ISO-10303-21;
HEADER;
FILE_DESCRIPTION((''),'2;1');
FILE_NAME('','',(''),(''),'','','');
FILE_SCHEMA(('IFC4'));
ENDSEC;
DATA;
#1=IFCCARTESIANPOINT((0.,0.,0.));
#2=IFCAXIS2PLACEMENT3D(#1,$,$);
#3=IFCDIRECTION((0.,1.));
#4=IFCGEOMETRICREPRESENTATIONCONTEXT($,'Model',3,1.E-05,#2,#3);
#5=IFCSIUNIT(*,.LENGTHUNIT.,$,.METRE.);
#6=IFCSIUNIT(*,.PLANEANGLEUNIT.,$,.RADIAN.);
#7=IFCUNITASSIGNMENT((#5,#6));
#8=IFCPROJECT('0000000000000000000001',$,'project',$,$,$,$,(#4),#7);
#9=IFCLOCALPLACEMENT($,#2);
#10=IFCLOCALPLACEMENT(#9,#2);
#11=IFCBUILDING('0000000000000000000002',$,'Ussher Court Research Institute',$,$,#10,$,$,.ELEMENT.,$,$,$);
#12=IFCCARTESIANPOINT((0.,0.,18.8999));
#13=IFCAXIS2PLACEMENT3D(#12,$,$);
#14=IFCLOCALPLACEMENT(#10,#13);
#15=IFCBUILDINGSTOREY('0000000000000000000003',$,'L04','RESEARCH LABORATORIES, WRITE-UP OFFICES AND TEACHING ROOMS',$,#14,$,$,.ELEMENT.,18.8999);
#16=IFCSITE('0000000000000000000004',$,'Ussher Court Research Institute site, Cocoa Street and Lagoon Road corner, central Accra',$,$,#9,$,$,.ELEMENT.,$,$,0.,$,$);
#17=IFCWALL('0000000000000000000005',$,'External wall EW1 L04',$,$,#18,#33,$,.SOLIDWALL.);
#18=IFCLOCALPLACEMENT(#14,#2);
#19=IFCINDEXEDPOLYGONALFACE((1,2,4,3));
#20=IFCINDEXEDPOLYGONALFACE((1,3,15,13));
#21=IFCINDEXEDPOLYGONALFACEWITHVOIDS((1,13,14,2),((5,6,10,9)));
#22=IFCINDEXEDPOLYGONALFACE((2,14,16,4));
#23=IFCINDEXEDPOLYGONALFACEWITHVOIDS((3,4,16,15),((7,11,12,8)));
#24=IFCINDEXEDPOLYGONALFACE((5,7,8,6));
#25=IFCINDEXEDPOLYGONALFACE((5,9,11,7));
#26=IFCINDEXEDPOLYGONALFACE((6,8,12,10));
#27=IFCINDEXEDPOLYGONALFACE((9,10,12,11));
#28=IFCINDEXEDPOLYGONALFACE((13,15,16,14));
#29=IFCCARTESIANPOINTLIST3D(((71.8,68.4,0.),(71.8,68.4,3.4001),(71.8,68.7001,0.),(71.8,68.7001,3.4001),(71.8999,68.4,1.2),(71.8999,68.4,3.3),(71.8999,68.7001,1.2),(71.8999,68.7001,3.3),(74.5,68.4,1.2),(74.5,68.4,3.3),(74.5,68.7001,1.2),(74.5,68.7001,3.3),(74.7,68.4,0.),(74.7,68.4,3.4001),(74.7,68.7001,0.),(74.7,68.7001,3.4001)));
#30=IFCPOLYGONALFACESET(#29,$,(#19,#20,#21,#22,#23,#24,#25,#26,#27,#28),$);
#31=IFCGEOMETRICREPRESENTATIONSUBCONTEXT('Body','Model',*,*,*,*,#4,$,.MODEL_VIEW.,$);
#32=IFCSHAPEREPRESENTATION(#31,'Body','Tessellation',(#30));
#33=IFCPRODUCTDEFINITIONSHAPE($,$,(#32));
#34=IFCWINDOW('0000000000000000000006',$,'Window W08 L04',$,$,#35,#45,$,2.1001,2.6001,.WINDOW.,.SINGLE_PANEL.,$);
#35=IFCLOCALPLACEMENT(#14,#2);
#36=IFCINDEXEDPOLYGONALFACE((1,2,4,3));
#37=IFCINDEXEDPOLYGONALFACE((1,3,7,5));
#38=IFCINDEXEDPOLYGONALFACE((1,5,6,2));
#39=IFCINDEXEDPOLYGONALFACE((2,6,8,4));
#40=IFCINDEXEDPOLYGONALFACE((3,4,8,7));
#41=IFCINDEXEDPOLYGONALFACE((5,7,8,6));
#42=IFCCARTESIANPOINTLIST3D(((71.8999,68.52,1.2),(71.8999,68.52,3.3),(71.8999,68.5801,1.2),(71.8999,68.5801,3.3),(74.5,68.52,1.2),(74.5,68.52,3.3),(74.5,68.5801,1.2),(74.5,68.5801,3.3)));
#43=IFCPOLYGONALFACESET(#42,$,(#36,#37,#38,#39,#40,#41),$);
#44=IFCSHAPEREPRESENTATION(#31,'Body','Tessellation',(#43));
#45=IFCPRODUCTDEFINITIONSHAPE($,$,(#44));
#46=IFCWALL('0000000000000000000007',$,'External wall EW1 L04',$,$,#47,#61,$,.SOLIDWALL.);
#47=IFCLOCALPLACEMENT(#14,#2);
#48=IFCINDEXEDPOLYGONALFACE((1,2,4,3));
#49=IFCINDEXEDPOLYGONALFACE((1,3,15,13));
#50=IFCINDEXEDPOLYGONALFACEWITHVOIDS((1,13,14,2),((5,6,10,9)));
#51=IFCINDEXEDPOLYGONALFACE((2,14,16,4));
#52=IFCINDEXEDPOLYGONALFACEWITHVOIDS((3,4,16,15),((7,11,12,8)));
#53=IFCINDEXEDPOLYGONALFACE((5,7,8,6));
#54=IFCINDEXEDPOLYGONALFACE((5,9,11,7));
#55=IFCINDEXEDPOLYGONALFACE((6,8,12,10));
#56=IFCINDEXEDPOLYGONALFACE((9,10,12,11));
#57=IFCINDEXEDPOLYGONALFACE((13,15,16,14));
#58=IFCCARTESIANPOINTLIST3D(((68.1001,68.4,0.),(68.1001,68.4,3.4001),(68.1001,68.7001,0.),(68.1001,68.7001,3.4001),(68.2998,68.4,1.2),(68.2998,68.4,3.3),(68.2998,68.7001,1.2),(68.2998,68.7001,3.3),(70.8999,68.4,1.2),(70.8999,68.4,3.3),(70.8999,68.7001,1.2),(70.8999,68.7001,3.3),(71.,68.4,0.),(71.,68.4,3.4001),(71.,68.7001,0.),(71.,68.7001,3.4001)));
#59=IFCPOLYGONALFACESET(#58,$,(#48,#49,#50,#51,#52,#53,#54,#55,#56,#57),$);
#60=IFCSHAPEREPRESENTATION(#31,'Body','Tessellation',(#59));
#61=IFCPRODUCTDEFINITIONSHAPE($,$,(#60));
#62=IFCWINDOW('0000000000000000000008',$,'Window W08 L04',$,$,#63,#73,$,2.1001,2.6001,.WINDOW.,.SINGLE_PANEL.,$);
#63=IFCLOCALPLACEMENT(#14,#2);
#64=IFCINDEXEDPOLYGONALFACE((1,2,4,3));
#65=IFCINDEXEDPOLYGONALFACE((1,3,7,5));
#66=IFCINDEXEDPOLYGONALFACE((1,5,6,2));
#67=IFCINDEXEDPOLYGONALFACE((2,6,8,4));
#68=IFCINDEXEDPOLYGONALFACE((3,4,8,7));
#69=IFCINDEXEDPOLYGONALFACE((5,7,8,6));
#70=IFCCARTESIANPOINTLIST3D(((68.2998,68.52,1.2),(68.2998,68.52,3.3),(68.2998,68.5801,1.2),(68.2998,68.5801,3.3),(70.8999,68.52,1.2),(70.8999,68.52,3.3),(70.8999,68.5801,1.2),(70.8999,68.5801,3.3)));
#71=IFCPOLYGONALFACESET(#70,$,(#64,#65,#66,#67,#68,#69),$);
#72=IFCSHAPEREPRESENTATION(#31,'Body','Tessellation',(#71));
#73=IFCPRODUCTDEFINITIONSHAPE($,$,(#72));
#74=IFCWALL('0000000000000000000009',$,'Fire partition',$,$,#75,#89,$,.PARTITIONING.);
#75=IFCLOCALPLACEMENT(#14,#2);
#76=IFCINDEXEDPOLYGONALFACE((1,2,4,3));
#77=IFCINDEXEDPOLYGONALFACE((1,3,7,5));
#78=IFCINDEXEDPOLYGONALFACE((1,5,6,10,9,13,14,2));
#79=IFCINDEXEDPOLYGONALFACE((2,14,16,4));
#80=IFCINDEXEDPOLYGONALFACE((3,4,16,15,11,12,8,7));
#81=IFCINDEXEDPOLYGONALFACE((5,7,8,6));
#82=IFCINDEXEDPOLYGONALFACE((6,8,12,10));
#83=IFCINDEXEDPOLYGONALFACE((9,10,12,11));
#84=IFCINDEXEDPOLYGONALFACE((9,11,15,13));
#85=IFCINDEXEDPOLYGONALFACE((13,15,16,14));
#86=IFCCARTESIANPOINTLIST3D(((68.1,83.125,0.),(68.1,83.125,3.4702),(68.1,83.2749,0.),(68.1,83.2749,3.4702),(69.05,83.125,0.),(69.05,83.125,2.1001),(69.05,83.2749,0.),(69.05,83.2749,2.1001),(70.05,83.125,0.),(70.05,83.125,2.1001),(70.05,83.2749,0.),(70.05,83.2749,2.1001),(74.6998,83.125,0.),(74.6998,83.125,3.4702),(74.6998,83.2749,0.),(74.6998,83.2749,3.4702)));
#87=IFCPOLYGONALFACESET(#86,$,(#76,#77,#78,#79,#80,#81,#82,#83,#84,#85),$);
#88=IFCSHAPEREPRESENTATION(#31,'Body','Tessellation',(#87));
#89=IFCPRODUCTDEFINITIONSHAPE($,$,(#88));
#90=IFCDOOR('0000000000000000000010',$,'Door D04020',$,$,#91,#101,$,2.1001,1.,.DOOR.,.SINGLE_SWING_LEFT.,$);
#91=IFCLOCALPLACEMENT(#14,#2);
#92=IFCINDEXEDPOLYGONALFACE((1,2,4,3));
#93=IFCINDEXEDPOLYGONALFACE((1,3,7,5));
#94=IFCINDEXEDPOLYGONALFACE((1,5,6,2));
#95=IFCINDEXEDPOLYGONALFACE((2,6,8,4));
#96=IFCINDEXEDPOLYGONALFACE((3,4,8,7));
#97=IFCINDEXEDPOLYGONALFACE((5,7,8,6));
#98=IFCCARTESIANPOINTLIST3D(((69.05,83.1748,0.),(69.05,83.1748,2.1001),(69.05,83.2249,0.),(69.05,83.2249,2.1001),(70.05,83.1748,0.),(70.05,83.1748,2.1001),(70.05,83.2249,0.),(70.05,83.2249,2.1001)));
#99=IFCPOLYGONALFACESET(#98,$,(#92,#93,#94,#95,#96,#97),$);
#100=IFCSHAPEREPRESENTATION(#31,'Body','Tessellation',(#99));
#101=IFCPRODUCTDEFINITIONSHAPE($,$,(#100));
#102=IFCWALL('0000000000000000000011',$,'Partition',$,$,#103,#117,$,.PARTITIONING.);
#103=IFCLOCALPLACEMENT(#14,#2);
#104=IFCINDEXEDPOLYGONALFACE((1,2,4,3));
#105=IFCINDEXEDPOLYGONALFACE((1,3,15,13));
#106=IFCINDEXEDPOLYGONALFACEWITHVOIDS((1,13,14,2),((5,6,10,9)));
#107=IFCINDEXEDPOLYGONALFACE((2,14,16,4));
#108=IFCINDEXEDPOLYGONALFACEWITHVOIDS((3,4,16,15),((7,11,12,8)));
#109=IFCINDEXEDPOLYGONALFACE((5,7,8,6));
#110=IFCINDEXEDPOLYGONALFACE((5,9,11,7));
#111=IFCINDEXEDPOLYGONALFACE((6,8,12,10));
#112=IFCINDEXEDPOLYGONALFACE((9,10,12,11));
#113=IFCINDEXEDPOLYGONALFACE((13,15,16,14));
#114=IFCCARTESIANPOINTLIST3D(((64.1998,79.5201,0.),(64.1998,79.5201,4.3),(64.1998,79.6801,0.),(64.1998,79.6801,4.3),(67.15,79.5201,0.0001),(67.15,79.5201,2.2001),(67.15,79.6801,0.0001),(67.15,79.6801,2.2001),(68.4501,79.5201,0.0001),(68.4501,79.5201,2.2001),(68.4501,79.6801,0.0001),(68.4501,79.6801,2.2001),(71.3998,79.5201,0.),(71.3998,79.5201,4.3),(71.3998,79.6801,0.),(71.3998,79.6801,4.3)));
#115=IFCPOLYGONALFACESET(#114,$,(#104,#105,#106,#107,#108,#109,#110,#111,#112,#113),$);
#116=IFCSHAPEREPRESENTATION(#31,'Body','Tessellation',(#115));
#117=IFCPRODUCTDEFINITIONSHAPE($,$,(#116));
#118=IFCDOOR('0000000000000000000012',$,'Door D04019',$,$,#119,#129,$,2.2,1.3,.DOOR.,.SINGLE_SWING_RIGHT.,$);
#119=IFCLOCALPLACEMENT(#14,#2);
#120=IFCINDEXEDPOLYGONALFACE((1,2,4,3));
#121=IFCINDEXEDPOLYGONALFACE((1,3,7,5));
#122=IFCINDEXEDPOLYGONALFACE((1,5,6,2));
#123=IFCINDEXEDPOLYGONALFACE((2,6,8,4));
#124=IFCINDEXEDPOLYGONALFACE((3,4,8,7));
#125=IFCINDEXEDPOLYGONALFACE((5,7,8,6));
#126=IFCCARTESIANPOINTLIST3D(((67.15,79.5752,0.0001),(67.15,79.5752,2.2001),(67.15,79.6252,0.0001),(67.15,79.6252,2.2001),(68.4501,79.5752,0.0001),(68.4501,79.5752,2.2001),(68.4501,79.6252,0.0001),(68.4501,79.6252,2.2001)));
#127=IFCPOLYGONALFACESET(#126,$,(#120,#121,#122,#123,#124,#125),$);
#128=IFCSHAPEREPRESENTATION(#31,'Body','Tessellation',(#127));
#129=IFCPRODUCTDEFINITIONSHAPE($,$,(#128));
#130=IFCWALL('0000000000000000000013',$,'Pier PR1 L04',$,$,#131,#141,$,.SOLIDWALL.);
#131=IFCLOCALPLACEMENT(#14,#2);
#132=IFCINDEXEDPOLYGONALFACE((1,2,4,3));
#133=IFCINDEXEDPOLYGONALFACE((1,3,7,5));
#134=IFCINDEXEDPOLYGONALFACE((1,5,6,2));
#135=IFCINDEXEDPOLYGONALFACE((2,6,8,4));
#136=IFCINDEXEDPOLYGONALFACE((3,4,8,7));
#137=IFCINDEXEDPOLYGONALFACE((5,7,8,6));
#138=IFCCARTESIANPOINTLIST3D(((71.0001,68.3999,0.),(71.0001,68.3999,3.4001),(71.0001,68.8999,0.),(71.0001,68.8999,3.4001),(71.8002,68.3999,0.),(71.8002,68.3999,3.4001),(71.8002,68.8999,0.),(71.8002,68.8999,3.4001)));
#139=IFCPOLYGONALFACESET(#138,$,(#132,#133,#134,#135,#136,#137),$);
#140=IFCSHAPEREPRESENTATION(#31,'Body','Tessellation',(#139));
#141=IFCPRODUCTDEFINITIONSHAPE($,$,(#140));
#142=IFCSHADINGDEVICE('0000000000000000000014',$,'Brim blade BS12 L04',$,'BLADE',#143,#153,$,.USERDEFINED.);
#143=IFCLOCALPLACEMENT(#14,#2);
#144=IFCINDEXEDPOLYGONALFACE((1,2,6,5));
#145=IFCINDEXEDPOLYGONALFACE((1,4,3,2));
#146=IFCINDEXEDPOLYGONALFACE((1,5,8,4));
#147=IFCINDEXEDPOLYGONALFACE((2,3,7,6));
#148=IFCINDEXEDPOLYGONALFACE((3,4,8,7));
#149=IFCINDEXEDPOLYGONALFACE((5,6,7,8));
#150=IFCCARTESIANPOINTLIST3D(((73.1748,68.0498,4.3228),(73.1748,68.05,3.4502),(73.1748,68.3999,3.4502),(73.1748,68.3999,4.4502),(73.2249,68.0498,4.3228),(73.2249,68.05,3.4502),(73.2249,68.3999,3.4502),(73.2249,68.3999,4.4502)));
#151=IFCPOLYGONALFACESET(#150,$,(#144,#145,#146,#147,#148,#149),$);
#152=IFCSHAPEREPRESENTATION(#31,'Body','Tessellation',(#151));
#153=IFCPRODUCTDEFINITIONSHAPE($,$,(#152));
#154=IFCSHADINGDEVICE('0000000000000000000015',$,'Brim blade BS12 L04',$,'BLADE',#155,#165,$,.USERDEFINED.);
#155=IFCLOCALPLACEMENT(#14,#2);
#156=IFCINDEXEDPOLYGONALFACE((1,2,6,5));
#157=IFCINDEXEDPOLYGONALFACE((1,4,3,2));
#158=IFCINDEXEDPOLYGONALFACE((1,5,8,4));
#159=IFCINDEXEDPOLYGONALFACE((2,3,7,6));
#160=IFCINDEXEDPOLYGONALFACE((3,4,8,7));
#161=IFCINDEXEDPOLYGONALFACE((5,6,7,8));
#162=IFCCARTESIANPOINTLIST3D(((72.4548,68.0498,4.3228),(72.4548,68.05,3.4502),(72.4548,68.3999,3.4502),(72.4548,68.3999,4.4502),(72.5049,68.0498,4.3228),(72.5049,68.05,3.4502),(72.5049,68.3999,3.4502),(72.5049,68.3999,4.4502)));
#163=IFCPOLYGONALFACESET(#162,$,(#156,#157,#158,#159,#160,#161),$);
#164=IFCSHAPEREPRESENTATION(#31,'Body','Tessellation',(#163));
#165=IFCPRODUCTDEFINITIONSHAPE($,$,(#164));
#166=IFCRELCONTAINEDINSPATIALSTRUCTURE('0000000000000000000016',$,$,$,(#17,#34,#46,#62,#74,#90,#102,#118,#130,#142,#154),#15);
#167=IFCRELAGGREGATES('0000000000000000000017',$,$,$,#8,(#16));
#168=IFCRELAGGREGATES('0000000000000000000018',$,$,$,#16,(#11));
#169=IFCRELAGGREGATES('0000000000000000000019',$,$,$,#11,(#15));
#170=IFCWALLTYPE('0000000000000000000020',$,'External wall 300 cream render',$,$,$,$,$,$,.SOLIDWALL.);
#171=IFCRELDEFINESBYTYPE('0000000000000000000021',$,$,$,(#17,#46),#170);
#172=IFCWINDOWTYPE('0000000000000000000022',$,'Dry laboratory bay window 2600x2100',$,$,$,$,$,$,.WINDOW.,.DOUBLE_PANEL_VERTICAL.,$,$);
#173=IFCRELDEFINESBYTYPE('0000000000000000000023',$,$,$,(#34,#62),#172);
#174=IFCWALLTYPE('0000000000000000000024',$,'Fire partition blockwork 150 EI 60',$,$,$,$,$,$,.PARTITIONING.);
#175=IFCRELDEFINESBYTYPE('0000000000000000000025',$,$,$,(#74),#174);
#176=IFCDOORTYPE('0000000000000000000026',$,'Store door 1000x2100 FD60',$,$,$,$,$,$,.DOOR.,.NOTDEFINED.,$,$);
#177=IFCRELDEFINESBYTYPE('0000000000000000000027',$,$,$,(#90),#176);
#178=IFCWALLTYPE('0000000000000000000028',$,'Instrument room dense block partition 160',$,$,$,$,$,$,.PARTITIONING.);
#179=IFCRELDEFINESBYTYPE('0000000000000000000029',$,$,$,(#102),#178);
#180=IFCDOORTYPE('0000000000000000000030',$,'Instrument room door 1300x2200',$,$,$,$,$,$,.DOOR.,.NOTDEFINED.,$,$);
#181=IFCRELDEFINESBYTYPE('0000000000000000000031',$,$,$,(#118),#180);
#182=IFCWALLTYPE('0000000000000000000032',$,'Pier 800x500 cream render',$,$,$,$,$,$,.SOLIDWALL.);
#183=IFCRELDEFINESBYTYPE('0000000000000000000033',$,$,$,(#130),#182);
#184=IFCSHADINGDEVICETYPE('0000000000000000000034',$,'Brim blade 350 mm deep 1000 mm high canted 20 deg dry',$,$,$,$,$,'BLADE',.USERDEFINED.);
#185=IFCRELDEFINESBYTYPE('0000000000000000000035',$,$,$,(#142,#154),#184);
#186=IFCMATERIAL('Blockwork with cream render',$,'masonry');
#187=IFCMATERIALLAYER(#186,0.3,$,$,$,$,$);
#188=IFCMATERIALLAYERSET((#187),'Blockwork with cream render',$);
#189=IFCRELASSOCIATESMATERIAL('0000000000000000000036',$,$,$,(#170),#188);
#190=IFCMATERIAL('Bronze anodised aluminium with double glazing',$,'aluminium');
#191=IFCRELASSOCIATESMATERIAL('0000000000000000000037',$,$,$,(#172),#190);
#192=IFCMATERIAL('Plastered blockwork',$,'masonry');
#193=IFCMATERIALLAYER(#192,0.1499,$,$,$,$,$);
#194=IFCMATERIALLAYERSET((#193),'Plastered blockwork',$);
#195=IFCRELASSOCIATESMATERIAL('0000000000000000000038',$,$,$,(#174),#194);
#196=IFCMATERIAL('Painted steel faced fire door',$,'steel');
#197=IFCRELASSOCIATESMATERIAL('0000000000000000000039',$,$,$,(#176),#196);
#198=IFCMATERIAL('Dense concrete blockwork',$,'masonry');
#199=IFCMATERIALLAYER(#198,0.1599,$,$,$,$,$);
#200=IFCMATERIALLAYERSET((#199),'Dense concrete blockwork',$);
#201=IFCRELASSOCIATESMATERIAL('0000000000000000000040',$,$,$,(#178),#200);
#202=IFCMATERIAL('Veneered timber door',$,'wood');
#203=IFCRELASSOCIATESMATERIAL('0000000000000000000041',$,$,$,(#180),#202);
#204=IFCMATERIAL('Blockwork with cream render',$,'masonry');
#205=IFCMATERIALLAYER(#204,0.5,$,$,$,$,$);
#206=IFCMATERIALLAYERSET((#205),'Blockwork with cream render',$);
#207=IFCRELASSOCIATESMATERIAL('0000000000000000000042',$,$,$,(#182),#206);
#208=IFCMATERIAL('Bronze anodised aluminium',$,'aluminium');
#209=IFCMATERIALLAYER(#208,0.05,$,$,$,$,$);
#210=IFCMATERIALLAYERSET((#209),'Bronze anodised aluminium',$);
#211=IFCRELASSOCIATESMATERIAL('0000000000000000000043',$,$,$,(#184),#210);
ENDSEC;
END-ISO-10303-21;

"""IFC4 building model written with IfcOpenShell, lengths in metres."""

from ifc_helpers import new_model, si_unit, direction, frame, frame_2d, origin, place, context, subcontext, project, spatial, polyline, rectangle, outline, extrude, material, layer, layer_set, type_object, element, fill, save


model = new_model("IFC4")

# Units and contexts
model_context = context("Model", 3, precision=1e-05, world=origin(), true_north=direction((0.0, 1.0)))
body_context = subcontext(model_context, "Body", "Model", "MODEL_VIEW")
ifc_project = project(units=[si_unit("LENGTHUNIT", "METRE"), si_unit("PLANEANGLEUNIT", "RADIAN")], contexts=[model_context])

# Site, building, storey
site_placement = place(None, origin())
site = spatial("IfcSite", under=ifc_project, at=site_placement, Name="Ussher Court Research Institute site, Cocoa Street and Lagoon Road corner, central Accra", CompositionType="ELEMENT", RefElevation=0.0)
building_placement = place(site_placement, origin())
building = spatial("IfcBuilding", under=site, at=building_placement, Name="Ussher Court Research Institute", CompositionType="ELEMENT")
storey_placement = place(building_placement, frame((0.0, 0.0, 18.8999)))
storey = spatial("IfcBuildingStorey", under=building, at=storey_placement, Name="L04", Description="RESEARCH LABORATORIES, WRITE-UP OFFICES AND TEACHING ROOMS", CompositionType="ELEMENT", Elevation=18.8999)

# Walls, openings, windows
ifc_material_1 = material(Name="Blockwork with cream render", Category="masonry")
ifc_layer_1 = layer(ifc_material_1, 0.3)
ifc_layer_set_1 = layer_set([ifc_layer_1], Name="Blockwork with cream render")
wall_type_1 = type_object("IfcWallType", Name="External wall 300 cream render", PredefinedType="SOLIDWALL", material=ifc_layer_set_1)
wall_1_placement = place(storey_placement, frame((74.7, 68.55, 0.0), z_axis=(0.0, 0.0, 1.0), x_axis=(-1.0, 0.0, 0.0)))
wall_1 = element("IfcWall", 1, at=wall_1_placement, inside=storey, type_object=wall_type_1, Name="External wall EW1 L04", PredefinedType="SOLIDWALL", context=body_context, shape_type="SweptSolid", body=[
    extrude(rectangle(XDim=2.8999, YDim=0.3, at=frame_2d((1.45, 0.0))), origin(), (0.0, 0.0, 1.0), 3.4001),
])
opening_1_placement = place(wall_1_placement, frame((0.2, 0.0, 1.2)))
opening_1 = element("IfcOpeningElement", 2, at=opening_1_placement, cuts=wall_1, PredefinedType="OPENING", context=body_context, shape_type="SweptSolid", body=[
    extrude(rectangle(XDim=2.6001, YDim=2.1001, at=frame_2d((1.3, 1.05))), frame((0.0, 0.1602, 0.0), z_axis=(0.0, -1.0, 0.0), x_axis=(1.0, 0.0, 0.0)), (0.0, 0.0, 1.0), 0.3201),
])
ifc_material_2 = material(Name="Bronze anodised aluminium with double glazing", Category="aluminium")
window_type = type_object("IfcWindowType", Name="Dry laboratory bay window 2600x2100", PartitioningType="DOUBLE_PANEL_VERTICAL", PredefinedType="WINDOW", material=ifc_material_2)
window_1_placement = place(opening_1_placement, origin())
window_1 = element("IfcWindow", 3, at=window_1_placement, inside=storey, type_object=window_type, Name="Window W08 L04", OverallHeight=2.1001, OverallWidth=2.6001, PartitioningType="SINGLE_PANEL", PredefinedType="WINDOW", context=body_context, shape_type="SweptSolid", body=[
    extrude(rectangle(XDim=2.6001, YDim=2.1001, at=frame_2d((1.3, 1.05))), frame((0.0, 0.03, 0.0), z_axis=(0.0, -1.0, 0.0), x_axis=(1.0, 0.0, 0.0)), (0.0, 0.0, 1.0), 0.0601),
])
fill(opening_1, window_1)
wall_2_placement = place(storey_placement, frame((71.0, 68.55, 0.0), z_axis=(0.0, 0.0, 1.0), x_axis=(-1.0, 0.0, 0.0)))
wall_2 = element("IfcWall", 4, at=wall_2_placement, inside=storey, type_object=wall_type_1, Name="External wall EW1 L04", PredefinedType="SOLIDWALL", context=body_context, shape_type="SweptSolid", body=[
    extrude(rectangle(XDim=2.8999, YDim=0.3, at=frame_2d((1.45, 0.0))), origin(), (0.0, 0.0, 1.0), 3.4001),
])
opening_2_placement = place(wall_2_placement, frame((0.1001, 0.0, 1.2)))
opening_2 = element("IfcOpeningElement", 5, at=opening_2_placement, cuts=wall_2, PredefinedType="OPENING", context=body_context, shape_type="SweptSolid", body=[
    extrude(rectangle(XDim=2.6001, YDim=2.1001, at=frame_2d((1.3, 1.05))), frame((0.0, 0.1602, 0.0), z_axis=(0.0, -1.0, 0.0), x_axis=(1.0, 0.0, 0.0)), (0.0, 0.0, 1.0), 0.3201),
])
window_2_placement = place(opening_2_placement, origin())
window_2 = element("IfcWindow", 6, at=window_2_placement, inside=storey, type_object=window_type, Name="Window W08 L04", OverallHeight=2.1001, OverallWidth=2.6001, PartitioningType="SINGLE_PANEL", PredefinedType="WINDOW", context=body_context, shape_type="SweptSolid", body=[
    extrude(rectangle(XDim=2.6001, YDim=2.1001, at=frame_2d((1.3, 1.05))), frame((0.0, 0.03, 0.0), z_axis=(0.0, -1.0, 0.0), x_axis=(1.0, 0.0, 0.0)), (0.0, 0.0, 1.0), 0.0601),
])
fill(opening_2, window_2)

# Walls, openings, doors
ifc_material_3 = material(Name="Plastered blockwork", Category="masonry")
ifc_layer_2 = layer(ifc_material_3, 0.1499)
ifc_layer_set_2 = layer_set([ifc_layer_2], Name="Plastered blockwork")
wall_type_2 = type_object("IfcWallType", Name="Fire partition blockwork 150 EI 60", PredefinedType="PARTITIONING", material=ifc_layer_set_2)
wall_3_placement = place(storey_placement, frame((68.1001, 83.2, 0.0), z_axis=(0.0, 0.0, 1.0), x_axis=(1.0, 0.0, 0.0)))
wall_3 = element("IfcWall", 7, at=wall_3_placement, inside=storey, type_object=wall_type_2, Name="Fire partition", PredefinedType="PARTITIONING", context=body_context, shape_type="SweptSolid", body=[
    extrude(rectangle(XDim=6.5999, YDim=0.1499, at=frame_2d((3.2998, 0.0))), origin(), (0.0, 0.0, 1.0), 3.4702),
])
opening_3_placement = place(wall_3_placement, frame((0.95, 0.0, 0.0)))
opening_3 = element("IfcOpeningElement", 8, at=opening_3_placement, cuts=wall_3, PredefinedType="OPENING", context=body_context, shape_type="SweptSolid", body=[
    extrude(rectangle(XDim=1.0, YDim=2.1001, at=frame_2d((0.5, 1.05))), frame((0.0, 0.085, 0.0), z_axis=(0.0, -1.0, 0.0), x_axis=(1.0, 0.0, 0.0)), (0.0, 0.0, 1.0), 0.1699),
])
ifc_material_4 = material(Name="Painted steel faced fire door", Category="steel")
door_type_1 = type_object("IfcDoorType", Name="Store door 1000x2100 FD60", OperationType="NOTDEFINED", PredefinedType="DOOR", material=ifc_material_4)
door_1_placement = place(opening_3_placement, origin())
door_1 = element("IfcDoor", 9, at=door_1_placement, inside=storey, type_object=door_type_1, Name="Door D04020", OperationType="SINGLE_SWING_LEFT", OverallHeight=2.1001, OverallWidth=1.0, PredefinedType="DOOR", context=body_context, shape_type="SweptSolid", body=[
    extrude(rectangle(XDim=1.0, YDim=2.1001, at=frame_2d((0.5, 1.05))), frame((0.0, 0.0249, 0.0), z_axis=(0.0, -1.0, 0.0), x_axis=(1.0, 0.0, 0.0)), (0.0, 0.0, 1.0), 0.05),
])
fill(opening_3, door_1)
ifc_material_5 = material(Name="Dense concrete blockwork", Category="masonry")
ifc_layer_3 = layer(ifc_material_5, 0.1599)
ifc_layer_set_3 = layer_set([ifc_layer_3], Name="Dense concrete blockwork")
wall_type_3 = type_object("IfcWallType", Name="Instrument room dense block partition 160", PredefinedType="PARTITIONING", material=ifc_layer_set_3)
wall_4_placement = place(storey_placement, frame((71.3999, 79.6001, 0.0), z_axis=(0.0, 0.0, 1.0), x_axis=(-1.0, 0.0, 0.0)))
wall_4 = element("IfcWall", 10, at=wall_4_placement, inside=storey, type_object=wall_type_3, Name="Partition", PredefinedType="PARTITIONING", context=body_context, shape_type="SweptSolid", body=[
    extrude(rectangle(XDim=7.2, YDim=0.1599, at=frame_2d((3.6001, 0.0))), origin(), (0.0, 0.0, 1.0), 4.3),
])
opening_4_placement = place(wall_4_placement, frame((2.95, 0.0, 0.0)))
opening_4 = element("IfcOpeningElement", 11, at=opening_4_placement, cuts=wall_4, PredefinedType="OPENING", context=body_context, shape_type="SweptSolid", body=[
    extrude(rectangle(XDim=1.3, YDim=2.2, at=frame_2d((0.6499, 1.1001))), frame((0.0, 0.0898, 0.0), z_axis=(0.0, -1.0, 0.0), x_axis=(1.0, 0.0, 0.0)), (0.0, 0.0, 1.0), 0.1799),
])
ifc_material_6 = material(Name="Veneered timber door", Category="wood")
door_type_2 = type_object("IfcDoorType", Name="Instrument room door 1300x2200", OperationType="NOTDEFINED", PredefinedType="DOOR", material=ifc_material_6)
door_2_placement = place(opening_4_placement, origin())
door_2 = element("IfcDoor", 12, at=door_2_placement, inside=storey, type_object=door_type_2, Name="Door D04019", OperationType="SINGLE_SWING_RIGHT", OverallHeight=2.2, OverallWidth=1.3, PredefinedType="DOOR", context=body_context, shape_type="SweptSolid", body=[
    extrude(rectangle(XDim=1.3, YDim=2.2, at=frame_2d((0.6499, 1.1001))), frame((0.0, 0.0249, 0.0), z_axis=(0.0, -1.0, 0.0), x_axis=(1.0, 0.0, 0.0)), (0.0, 0.0, 1.0), 0.05),
])
fill(opening_4, door_2)

# Wall
ifc_material_7 = material(Name="Blockwork with cream render", Category="masonry")
ifc_layer_4 = layer(ifc_material_7, 0.5)
ifc_layer_set_4 = layer_set([ifc_layer_4], Name="Blockwork with cream render")
wall_type_4 = type_object("IfcWallType", Name="Pier 800x500 cream render", PredefinedType="SOLIDWALL", material=ifc_layer_set_4)
wall_5_placement = place(storey_placement, frame((71.8, 68.6499, 0.0), z_axis=(0.0, 0.0, 1.0), x_axis=(-1.0, 0.0, 0.0)))
element("IfcWall", 13, at=wall_5_placement, inside=storey, type_object=wall_type_4, Name="Pier PR1 L04", PredefinedType="SOLIDWALL", context=body_context, shape_type="SweptSolid", body=[
    extrude(rectangle(XDim=0.8, YDim=0.5, at=frame_2d((0.3999, 0.0))), origin(), (0.0, 0.0, 1.0), 3.4001),
])

# Shading devices
ifc_material_8 = material(Name="Bronze anodised aluminium", Category="aluminium")
ifc_layer_5 = layer(ifc_material_8, 0.05)
ifc_layer_set_5 = layer_set([ifc_layer_5], Name="Bronze anodised aluminium")
shading_device_type_1 = type_object("IfcShadingDeviceType", Name="Brim blade 350 mm deep 1000 mm high canted 20 deg dry", ElementType="BLADE", PredefinedType="USERDEFINED", material=ifc_layer_set_5)
for number, where, z_axis, x_axis, name in (
    (14, (73.2, 68.3999, 3.4502), (0.0, 0.0, 1.0), (0.0, -1.0, 0.0), "Brim blade BS12 L04"),
    (15, (72.48, 68.3999, 3.4502), (0.0, 0.0, 1.0), (0.0, -1.0, 0.0), "Brim blade BS12 L04"),
):
    element("IfcShadingDevice", number, at=place(storey_placement, frame(where, z_axis=z_axis, x_axis=x_axis)), inside=storey, type_object=shading_device_type_1, Name=name, ObjectType="BLADE", PredefinedType="USERDEFINED", context=body_context, shape_type="SweptSolid", body=[
        extrude(outline(polyline([(0.0, 0.0), (0.3499, 0.0), (0.3501, 0.8726), (0.0, 1.0), (0.0, 0.0)])), frame((0.0, 0.0249, 0.0), z_axis=(0.0, -1.0, 0.0), x_axis=(1.0, 0.0, 0.0)), (0.0, 0.0, 1.0), 0.05),
    ])

save(model, "model.ifc")
